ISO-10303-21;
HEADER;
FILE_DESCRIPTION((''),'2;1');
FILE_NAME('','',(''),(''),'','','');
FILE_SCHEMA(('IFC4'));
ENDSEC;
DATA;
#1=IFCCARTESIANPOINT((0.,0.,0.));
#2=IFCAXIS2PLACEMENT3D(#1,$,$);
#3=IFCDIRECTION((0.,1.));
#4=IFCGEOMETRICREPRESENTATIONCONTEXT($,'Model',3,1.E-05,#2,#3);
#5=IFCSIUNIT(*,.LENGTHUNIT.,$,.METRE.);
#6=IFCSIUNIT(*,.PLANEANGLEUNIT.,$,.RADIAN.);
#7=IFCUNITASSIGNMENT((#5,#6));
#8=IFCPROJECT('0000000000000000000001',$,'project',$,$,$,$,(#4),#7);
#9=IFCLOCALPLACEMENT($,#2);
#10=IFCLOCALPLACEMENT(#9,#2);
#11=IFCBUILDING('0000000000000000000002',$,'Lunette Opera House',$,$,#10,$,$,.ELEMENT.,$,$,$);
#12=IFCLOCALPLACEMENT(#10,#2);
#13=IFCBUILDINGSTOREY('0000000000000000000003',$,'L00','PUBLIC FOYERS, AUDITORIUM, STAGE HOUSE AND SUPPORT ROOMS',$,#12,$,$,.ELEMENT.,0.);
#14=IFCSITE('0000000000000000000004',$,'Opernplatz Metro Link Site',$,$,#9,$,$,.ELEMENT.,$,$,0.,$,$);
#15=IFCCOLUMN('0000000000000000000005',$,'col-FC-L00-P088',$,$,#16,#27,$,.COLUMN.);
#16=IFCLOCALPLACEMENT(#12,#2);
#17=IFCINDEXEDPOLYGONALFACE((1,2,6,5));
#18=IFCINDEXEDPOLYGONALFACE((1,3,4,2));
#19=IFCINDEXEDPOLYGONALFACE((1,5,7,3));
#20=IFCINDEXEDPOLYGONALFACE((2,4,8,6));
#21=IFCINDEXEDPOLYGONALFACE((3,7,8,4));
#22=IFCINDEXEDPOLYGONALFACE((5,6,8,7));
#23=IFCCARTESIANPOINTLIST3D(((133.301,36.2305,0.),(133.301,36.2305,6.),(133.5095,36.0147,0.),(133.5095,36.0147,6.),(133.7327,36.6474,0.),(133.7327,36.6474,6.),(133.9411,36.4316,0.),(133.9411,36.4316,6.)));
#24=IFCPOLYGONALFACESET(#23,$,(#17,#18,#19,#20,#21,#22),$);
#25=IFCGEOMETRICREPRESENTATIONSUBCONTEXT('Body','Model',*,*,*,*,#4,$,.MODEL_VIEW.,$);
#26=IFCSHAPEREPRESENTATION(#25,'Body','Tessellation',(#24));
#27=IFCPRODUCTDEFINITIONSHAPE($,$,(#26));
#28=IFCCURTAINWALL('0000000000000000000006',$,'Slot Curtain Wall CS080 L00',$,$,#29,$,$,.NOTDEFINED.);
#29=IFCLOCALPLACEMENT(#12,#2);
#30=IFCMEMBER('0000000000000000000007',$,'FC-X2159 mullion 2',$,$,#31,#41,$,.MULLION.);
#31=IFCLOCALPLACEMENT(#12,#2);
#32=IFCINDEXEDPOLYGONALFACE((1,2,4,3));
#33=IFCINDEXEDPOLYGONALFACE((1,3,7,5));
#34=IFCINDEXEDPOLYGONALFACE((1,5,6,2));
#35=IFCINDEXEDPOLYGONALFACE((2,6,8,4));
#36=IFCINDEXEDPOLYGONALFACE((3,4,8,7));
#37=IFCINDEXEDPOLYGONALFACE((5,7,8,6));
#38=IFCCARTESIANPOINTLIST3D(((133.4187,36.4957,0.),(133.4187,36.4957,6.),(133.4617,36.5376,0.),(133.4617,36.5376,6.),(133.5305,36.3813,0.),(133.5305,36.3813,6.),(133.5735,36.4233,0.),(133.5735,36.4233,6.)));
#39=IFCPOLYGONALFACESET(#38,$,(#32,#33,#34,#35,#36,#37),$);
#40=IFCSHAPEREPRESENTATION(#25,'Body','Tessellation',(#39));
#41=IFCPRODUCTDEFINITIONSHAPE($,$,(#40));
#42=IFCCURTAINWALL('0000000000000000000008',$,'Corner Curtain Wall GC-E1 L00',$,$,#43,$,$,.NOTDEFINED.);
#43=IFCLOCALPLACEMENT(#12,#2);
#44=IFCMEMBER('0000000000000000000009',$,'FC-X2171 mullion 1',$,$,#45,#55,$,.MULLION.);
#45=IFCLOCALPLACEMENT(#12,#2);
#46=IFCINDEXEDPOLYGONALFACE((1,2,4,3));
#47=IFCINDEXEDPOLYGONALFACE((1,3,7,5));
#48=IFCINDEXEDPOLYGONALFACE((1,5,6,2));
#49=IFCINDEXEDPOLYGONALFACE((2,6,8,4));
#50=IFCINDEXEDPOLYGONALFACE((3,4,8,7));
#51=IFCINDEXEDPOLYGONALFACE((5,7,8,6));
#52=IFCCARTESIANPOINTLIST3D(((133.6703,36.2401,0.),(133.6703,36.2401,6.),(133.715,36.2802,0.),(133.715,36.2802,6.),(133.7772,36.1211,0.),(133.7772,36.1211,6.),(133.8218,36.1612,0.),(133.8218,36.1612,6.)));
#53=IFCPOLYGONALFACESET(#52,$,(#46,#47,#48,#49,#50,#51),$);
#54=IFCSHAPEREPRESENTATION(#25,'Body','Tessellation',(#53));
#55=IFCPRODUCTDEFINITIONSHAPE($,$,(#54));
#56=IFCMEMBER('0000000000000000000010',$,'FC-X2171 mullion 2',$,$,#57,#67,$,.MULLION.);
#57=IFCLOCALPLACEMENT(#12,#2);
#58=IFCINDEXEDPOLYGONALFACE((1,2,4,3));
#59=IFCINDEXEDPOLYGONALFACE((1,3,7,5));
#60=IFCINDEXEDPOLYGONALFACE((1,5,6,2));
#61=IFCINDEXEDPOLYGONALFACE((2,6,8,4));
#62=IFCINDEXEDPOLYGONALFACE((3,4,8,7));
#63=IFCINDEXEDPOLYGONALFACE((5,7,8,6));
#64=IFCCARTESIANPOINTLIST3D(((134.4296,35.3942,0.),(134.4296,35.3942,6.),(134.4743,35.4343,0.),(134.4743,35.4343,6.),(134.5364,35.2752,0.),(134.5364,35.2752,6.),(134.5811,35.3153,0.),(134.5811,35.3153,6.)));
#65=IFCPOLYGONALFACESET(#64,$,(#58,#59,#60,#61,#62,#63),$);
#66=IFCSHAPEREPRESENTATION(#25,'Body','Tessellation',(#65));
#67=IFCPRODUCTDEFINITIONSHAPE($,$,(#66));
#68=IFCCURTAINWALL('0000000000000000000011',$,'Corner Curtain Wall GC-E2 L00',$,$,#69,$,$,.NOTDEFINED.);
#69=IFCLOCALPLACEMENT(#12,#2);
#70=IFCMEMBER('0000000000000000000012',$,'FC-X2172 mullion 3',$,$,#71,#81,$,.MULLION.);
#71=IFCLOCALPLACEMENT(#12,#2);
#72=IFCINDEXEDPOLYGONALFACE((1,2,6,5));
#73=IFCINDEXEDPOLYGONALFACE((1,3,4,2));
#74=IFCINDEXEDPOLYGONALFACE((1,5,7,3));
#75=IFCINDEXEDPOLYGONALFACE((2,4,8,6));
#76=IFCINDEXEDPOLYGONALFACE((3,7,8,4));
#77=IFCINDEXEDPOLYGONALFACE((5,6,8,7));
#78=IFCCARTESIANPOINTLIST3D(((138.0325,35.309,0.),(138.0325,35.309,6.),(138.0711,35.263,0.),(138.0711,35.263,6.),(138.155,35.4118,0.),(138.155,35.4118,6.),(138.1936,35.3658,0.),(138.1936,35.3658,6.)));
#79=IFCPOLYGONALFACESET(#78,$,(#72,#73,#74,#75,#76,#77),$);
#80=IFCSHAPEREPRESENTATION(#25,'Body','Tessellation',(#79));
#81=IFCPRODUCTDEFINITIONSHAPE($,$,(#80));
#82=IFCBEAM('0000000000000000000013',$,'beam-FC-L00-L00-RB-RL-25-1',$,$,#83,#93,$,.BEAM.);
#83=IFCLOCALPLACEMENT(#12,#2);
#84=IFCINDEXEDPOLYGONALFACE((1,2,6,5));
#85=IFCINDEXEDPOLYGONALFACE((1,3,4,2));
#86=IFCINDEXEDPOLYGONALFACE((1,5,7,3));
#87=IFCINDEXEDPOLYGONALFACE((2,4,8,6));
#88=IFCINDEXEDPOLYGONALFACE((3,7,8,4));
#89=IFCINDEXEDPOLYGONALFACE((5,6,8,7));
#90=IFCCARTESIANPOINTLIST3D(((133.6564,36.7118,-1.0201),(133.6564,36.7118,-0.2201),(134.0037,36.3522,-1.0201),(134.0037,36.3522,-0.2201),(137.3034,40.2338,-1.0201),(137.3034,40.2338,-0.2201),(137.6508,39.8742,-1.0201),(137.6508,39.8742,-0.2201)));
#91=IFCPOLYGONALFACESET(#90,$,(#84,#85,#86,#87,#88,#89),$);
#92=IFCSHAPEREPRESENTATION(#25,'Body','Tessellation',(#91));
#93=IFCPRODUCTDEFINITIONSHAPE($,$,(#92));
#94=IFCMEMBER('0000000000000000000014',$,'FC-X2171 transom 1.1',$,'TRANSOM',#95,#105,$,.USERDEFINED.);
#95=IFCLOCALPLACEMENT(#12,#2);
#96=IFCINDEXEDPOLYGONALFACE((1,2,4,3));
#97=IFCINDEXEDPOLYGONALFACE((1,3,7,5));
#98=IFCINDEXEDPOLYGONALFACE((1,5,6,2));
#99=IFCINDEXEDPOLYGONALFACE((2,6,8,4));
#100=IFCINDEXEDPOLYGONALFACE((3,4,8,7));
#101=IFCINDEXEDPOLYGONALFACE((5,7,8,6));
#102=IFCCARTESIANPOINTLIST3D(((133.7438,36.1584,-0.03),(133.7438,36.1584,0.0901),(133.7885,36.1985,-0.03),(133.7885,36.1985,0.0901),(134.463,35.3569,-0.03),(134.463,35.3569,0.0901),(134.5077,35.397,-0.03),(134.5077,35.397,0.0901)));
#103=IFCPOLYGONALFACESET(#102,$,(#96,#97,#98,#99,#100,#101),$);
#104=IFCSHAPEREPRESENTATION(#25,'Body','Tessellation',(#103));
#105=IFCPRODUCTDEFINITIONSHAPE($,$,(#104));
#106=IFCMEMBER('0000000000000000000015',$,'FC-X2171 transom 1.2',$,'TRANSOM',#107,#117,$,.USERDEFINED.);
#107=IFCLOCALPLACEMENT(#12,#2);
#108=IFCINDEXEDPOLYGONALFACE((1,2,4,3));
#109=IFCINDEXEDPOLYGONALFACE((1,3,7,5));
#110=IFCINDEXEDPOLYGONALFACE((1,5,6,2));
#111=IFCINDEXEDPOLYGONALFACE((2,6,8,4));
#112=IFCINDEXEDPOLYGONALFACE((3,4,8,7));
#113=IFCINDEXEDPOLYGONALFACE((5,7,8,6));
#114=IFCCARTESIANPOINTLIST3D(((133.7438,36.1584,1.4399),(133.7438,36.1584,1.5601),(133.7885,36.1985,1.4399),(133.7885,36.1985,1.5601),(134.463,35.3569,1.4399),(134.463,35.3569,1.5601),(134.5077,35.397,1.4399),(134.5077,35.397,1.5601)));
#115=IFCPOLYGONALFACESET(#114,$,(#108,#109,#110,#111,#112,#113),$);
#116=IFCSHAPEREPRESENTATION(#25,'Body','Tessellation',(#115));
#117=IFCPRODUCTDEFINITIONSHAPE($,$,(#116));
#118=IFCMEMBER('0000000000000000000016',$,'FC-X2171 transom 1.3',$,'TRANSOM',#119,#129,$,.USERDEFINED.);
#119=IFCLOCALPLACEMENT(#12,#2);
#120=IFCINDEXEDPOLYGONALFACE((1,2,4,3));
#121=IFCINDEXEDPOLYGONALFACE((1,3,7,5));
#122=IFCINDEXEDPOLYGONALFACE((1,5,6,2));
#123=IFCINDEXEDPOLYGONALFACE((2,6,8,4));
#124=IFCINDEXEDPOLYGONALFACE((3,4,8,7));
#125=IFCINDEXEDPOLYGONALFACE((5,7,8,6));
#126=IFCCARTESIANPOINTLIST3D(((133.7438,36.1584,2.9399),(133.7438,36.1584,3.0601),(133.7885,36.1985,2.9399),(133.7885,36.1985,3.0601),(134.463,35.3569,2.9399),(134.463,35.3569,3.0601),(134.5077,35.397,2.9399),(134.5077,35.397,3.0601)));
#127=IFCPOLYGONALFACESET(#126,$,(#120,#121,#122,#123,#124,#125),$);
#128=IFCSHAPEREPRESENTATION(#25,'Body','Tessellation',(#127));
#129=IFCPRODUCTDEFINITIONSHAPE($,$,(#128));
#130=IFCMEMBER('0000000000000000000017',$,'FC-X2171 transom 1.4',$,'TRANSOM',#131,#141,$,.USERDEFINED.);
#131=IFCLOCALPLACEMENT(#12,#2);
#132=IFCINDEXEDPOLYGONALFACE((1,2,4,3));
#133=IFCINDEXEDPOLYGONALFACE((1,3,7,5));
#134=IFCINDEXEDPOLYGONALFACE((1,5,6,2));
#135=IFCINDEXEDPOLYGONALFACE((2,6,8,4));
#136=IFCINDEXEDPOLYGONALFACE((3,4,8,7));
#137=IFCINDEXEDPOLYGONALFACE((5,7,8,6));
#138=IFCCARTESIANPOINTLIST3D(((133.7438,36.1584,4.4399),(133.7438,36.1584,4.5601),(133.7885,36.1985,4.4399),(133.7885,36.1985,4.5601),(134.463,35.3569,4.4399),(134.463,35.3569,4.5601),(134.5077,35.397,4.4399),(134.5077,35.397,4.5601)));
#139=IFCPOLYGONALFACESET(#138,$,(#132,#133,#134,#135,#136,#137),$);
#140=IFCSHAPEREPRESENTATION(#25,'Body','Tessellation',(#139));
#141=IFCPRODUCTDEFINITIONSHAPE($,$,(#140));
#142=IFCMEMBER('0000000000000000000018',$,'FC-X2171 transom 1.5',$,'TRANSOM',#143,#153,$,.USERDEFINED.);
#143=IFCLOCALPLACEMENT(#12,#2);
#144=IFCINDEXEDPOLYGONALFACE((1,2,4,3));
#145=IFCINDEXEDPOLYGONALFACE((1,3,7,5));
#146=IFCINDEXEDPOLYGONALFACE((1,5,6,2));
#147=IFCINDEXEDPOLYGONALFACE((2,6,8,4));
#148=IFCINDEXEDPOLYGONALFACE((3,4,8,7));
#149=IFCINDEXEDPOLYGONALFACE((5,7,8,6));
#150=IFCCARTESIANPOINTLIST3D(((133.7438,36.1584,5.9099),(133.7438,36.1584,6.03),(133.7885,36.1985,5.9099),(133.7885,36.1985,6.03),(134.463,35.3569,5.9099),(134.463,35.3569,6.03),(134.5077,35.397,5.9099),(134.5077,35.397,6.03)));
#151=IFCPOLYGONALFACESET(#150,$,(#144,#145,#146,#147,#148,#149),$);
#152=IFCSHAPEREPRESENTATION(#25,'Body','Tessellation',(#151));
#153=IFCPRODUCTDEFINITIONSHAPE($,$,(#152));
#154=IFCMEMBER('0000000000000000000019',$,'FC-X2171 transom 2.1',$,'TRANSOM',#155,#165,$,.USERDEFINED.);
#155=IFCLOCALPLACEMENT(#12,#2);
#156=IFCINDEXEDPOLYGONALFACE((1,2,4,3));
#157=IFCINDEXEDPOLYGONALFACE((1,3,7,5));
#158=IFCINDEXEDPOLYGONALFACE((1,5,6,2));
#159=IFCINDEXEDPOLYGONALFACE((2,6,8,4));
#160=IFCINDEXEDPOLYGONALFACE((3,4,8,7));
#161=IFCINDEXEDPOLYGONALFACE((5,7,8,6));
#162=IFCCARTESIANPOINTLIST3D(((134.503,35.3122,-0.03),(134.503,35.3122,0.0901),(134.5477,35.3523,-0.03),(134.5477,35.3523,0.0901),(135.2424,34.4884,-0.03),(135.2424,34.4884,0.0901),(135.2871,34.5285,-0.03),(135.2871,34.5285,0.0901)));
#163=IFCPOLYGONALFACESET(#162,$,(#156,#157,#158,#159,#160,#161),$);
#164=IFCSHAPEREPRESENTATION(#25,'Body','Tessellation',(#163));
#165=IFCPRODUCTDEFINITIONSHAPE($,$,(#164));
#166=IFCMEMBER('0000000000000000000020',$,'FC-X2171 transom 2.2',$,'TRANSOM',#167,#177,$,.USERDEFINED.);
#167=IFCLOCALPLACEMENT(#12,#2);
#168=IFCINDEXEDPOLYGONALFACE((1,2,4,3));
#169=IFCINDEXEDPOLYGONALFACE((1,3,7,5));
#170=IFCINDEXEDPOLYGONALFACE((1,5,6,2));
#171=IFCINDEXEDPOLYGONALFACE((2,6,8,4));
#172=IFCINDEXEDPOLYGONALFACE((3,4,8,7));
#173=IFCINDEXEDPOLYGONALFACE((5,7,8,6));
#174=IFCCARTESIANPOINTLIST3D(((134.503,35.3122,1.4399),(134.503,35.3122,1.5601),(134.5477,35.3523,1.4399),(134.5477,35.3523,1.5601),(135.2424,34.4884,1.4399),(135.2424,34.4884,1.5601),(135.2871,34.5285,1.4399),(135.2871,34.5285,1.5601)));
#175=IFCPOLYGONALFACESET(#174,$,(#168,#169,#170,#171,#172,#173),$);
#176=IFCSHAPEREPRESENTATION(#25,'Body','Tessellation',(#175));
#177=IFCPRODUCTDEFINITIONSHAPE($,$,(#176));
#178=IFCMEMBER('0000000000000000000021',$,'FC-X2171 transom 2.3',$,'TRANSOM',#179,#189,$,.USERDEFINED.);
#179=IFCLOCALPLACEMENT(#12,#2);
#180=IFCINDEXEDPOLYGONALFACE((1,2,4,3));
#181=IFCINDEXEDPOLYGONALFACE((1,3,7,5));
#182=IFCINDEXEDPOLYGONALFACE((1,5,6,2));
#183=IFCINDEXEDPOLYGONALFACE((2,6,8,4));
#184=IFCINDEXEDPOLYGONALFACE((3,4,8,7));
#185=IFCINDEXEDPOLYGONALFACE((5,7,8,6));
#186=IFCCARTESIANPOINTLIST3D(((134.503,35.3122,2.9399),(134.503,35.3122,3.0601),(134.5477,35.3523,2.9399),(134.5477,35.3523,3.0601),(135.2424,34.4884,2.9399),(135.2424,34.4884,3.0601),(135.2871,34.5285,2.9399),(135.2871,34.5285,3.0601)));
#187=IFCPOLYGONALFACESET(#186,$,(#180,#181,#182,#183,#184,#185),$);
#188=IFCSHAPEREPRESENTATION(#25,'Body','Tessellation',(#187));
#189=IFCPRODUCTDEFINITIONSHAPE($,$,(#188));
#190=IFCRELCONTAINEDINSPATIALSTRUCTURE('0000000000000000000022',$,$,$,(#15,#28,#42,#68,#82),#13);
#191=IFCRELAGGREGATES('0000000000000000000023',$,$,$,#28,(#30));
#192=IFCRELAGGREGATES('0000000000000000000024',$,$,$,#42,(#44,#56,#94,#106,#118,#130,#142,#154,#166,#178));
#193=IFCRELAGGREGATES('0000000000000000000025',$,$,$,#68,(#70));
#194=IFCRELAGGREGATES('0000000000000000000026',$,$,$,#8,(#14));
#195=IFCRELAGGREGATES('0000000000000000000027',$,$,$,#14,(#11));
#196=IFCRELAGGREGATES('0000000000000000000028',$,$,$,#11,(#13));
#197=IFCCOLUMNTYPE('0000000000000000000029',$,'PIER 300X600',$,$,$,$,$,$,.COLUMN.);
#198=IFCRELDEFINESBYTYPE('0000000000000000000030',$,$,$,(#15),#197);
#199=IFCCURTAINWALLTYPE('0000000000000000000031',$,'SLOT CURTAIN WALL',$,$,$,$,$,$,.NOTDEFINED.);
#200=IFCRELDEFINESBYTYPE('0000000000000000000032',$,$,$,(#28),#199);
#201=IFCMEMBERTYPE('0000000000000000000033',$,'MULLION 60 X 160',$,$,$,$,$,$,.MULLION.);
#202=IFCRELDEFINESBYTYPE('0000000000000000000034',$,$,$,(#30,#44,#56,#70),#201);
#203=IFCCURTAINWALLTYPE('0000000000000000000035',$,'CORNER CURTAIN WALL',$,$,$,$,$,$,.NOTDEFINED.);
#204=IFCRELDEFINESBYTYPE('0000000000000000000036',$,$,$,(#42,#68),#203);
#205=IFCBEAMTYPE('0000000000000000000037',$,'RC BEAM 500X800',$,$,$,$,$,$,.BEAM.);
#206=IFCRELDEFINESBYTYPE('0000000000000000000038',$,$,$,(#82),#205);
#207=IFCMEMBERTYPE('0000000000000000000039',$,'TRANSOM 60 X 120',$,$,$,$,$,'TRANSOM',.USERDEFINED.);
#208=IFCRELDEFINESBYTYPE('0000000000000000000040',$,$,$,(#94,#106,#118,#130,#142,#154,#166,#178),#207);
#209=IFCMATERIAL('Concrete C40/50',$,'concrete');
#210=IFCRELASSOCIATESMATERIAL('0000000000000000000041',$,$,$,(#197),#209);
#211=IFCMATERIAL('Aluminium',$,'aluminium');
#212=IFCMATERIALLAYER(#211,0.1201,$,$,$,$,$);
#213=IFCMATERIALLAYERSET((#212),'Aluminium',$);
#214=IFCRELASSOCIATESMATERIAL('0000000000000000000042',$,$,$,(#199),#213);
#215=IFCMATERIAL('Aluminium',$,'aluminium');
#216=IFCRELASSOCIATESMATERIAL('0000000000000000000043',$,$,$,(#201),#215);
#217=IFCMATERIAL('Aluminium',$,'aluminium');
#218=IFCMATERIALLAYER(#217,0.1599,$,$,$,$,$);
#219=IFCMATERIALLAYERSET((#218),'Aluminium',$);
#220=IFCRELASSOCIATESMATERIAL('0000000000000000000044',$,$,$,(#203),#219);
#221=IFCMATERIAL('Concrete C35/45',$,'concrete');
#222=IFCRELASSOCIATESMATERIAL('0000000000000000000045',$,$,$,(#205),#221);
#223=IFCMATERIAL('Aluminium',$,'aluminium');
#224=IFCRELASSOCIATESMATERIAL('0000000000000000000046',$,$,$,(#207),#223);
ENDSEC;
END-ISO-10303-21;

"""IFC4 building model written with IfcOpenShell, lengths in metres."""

from ifc_helpers import new_model, si_unit, direction, frame, origin, origin_2d, place, context, subcontext, project, spatial, rectangle, extrude, material, layer, layer_set, material_profile, profile_set, type_object, element, aggregate, save


model = new_model("IFC4")

# Units and contexts
model_context = context("Model", 3, precision=1e-05, world=origin(), true_north=direction((0.0, 1.0)))
body_context = subcontext(model_context, "Body", "Model", "MODEL_VIEW")
ifc_project = project(units=[si_unit("LENGTHUNIT", "METRE"), si_unit("PLANEANGLEUNIT", "RADIAN")], contexts=[model_context])

# Site, building, storey
site_placement = place(None, origin())
site = spatial("IfcSite", under=ifc_project, at=site_placement, Name="Opernplatz Metro Link Site", CompositionType="ELEMENT", RefElevation=0.0)
building_placement = place(site_placement, origin())
building = spatial("IfcBuilding", under=site, at=building_placement, Name="Lunette Opera House", CompositionType="ELEMENT")
storey_placement = place(building_placement, origin())
storey = spatial("IfcBuildingStorey", under=building, at=storey_placement, Name="L00", Description="PUBLIC FOYERS, AUDITORIUM, STAGE HOUSE AND SUPPORT ROOMS", CompositionType="ELEMENT", Elevation=0.0)

# Column
ifc_material_1 = material(Name="Concrete C40/50", Category="concrete")
ifc_material_profile_1 = material_profile(ifc_material_1, rectangle(XDim=0.3, YDim=0.6001, at=origin_2d()), Name="PIER 300X600")
ifc_profile_set_1 = profile_set([ifc_material_profile_1], Name="Concrete C40/50")
column_type = type_object("IfcColumnType", Name="PIER 300X600", PredefinedType="COLUMN", material=ifc_profile_set_1)
column_placement = place(storey_placement, frame((133.6211, 36.3311, 0.0), z_axis=(0.0, 0.0, 1.0), x_axis=(0.694658, -0.71934, 0.0)))
element("IfcColumn", 1, at=column_placement, inside=storey, type_object=column_type, Name="col-FC-L00-P088", PredefinedType="COLUMN", context=body_context, shape_type="SweptSolid", body=[
    extrude(rectangle(XDim=0.3, YDim=0.6001, at=origin_2d()), origin(), (0.0, 0.0, 1.0), 6.0),
])

# Curtain wall, member
ifc_material_2 = material(Name="Aluminium", Category="aluminium")
ifc_layer_1 = layer(ifc_material_2, 0.1201)
ifc_layer_set_1 = layer_set([ifc_layer_1], Name="Aluminium")
curtain_wall_type_1 = type_object("IfcCurtainWallType", Name="SLOT CURTAIN WALL", PredefinedType="NOTDEFINED", material=ifc_layer_set_1)
curtain_wall_1_placement = place(storey_placement, origin())
curtain_wall_1 = element("IfcCurtainWall", 2, at=curtain_wall_1_placement, inside=storey, type_object=curtain_wall_type_1, Name="Slot Curtain Wall CS080 L00", PredefinedType="NOTDEFINED")
ifc_material_3 = material(Name="Aluminium", Category="aluminium")
ifc_material_profile_2 = material_profile(ifc_material_3, rectangle(XDim=0.0601, YDim=0.1599, at=origin_2d()), Name="MULLION 60 X 160")
ifc_profile_set_2 = profile_set([ifc_material_profile_2], Name="Aluminium")
member_type_1 = type_object("IfcMemberType", Name="MULLION 60 X 160", PredefinedType="MULLION", material=ifc_profile_set_2)
member_1_placement = place(storey_placement, frame((133.4961, 36.4595, 0.0), z_axis=(0.0, 0.0, 1.0), x_axis=(0.715187, 0.698933, 0.0)))
member_1 = element("IfcMember", 3, at=member_1_placement, type_object=member_type_1, Name="FC-X2159 mullion 2", PredefinedType="MULLION", context=body_context, shape_type="SweptSolid", body=[
    extrude(rectangle(XDim=0.0601, YDim=0.1599, at=origin_2d()), origin(), (0.0, 0.0, 1.0), 6.0),
])

# Curtain wall, members
ifc_material_4 = material(Name="Aluminium", Category="aluminium")
ifc_layer_2 = layer(ifc_material_4, 0.1599)
ifc_layer_set_2 = layer_set([ifc_layer_2], Name="Aluminium")
curtain_wall_type_2 = type_object("IfcCurtainWallType", Name="CORNER CURTAIN WALL", PredefinedType="NOTDEFINED", material=ifc_layer_set_2)
curtain_wall_2_placement = place(storey_placement, origin())
curtain_wall_2 = element("IfcCurtainWall", 4, at=curtain_wall_2_placement, inside=storey, type_object=curtain_wall_type_2, Name="Corner Curtain Wall GC-E1 L00", PredefinedType="NOTDEFINED")
member_2_placement = place(storey_placement, frame((133.7461, 36.2007, 0.0), z_axis=(0.0, 0.0, 1.0), x_axis=(0.744217, 0.667938, 0.0)))
member_2 = element("IfcMember", 5, at=member_2_placement, type_object=member_type_1, Name="FC-X2171 mullion 1", PredefinedType="MULLION", context=body_context, shape_type="SweptSolid", body=[
    extrude(rectangle(XDim=0.0601, YDim=0.1599, at=origin_2d()), origin(), (0.0, 0.0, 1.0), 6.0),
])
member_3_placement = place(storey_placement, frame((134.5054, 35.3547, 0.0), z_axis=(0.0, 0.0, 1.0), x_axis=(0.744217, 0.667938, 0.0)))
member_3 = element("IfcMember", 6, at=member_3_placement, type_object=member_type_1, Name="FC-X2171 mullion 2", PredefinedType="MULLION", context=body_context, shape_type="SweptSolid", body=[
    extrude(rectangle(XDim=0.0601, YDim=0.1599, at=origin_2d()), origin(), (0.0, 0.0, 1.0), 6.0),
])

# Curtain wall, member
curtain_wall_3_placement = place(storey_placement, origin())
curtain_wall_3 = element("IfcCurtainWall", 7, at=curtain_wall_3_placement, inside=storey, type_object=curtain_wall_type_2, Name="Corner Curtain Wall GC-E2 L00", PredefinedType="NOTDEFINED")
member_4_placement = place(storey_placement, frame((138.113, 35.3374, 0.0), z_axis=(0.0, 0.0, 1.0), x_axis=(-0.642828, 0.76601, 0.0)))
member_4 = element("IfcMember", 8, at=member_4_placement, type_object=member_type_1, Name="FC-X2172 mullion 3", PredefinedType="MULLION", context=body_context, shape_type="SweptSolid", body=[
    extrude(rectangle(XDim=0.0601, YDim=0.1599, at=origin_2d()), origin(), (0.0, 0.0, 1.0), 6.0),
])

# Beam
ifc_material_5 = material(Name="Concrete C35/45", Category="concrete")
ifc_material_profile_3 = material_profile(ifc_material_5, rectangle(XDim=0.5, YDim=0.8, at=origin_2d()), Name="RC BEAM 500X800")
ifc_profile_set_3 = profile_set([ifc_material_profile_3], Name="Concrete C35/45")
beam_type = type_object("IfcBeamType", Name="RC BEAM 500X800", PredefinedType="BEAM", material=ifc_profile_set_3)
beam_placement = place(storey_placement, frame((133.8301, 36.532, -0.6201), z_axis=(0.719327, 0.694672, 0.0), x_axis=(-0.694672, 0.719327, 0.0)))
element("IfcBeam", 9, at=beam_placement, inside=storey, type_object=beam_type, Name="beam-FC-L00-L00-RB-RL-25-1", PredefinedType="BEAM", context=body_context, shape_type="SweptSolid", body=[
    extrude(rectangle(XDim=0.5, YDim=0.8, at=origin_2d()), origin(), (0.0, 0.0, 1.0), 5.0701),
])

# Members
ifc_material_6 = material(Name="Aluminium", Category="aluminium")
ifc_material_profile_4 = material_profile(ifc_material_6, rectangle(XDim=0.0601, YDim=0.1201, at=origin_2d()), Name="TRANSOM 60 X 120")
ifc_profile_set_4 = profile_set([ifc_material_profile_4], Name="Aluminium")
member_type_2 = type_object("IfcMemberType", Name="TRANSOM 60 X 120", ElementType="TRANSOM", PredefinedType="USERDEFINED", material=ifc_profile_set_4)
member_5_placement = place(storey_placement, frame((133.7661, 36.1785, 0.03), z_axis=(0.667874, -0.744274, 0.0), x_axis=(0.744274, 0.667874, 0.0)))
member_5 = element("IfcMember", 10, at=member_5_placement, type_object=member_type_2, Name="FC-X2171 transom 1.1", ObjectType="TRANSOM", PredefinedType="USERDEFINED", context=body_context, shape_type="SweptSolid", body=[
    extrude(rectangle(XDim=0.0601, YDim=0.1201, at=origin_2d()), origin(), (0.0, 0.0, 1.0), 1.0769),
])
member_6_placement = place(storey_placement, frame((133.7661, 36.1785, 1.5), z_axis=(0.667874, -0.744274, 0.0), x_axis=(0.744274, 0.667874, 0.0)))
member_6 = element("IfcMember", 11, at=member_6_placement, type_object=member_type_2, Name="FC-X2171 transom 1.2", ObjectType="TRANSOM", PredefinedType="USERDEFINED", context=body_context, shape_type="SweptSolid", body=[
    extrude(rectangle(XDim=0.0601, YDim=0.1201, at=origin_2d()), origin(), (0.0, 0.0, 1.0), 1.0769),
])
member_7_placement = place(storey_placement, frame((133.7661, 36.1785, 3.0), z_axis=(0.667874, -0.744274, 0.0), x_axis=(0.744274, 0.667874, 0.0)))
member_7 = element("IfcMember", 12, at=member_7_placement, type_object=member_type_2, Name="FC-X2171 transom 1.3", ObjectType="TRANSOM", PredefinedType="USERDEFINED", context=body_context, shape_type="SweptSolid", body=[
    extrude(rectangle(XDim=0.0601, YDim=0.1201, at=origin_2d()), origin(), (0.0, 0.0, 1.0), 1.0769),
])
member_8_placement = place(storey_placement, frame((133.7661, 36.1785, 4.5), z_axis=(0.667874, -0.744274, 0.0), x_axis=(0.744274, 0.667874, 0.0)))
member_8 = element("IfcMember", 13, at=member_8_placement, type_object=member_type_2, Name="FC-X2171 transom 1.4", ObjectType="TRANSOM", PredefinedType="USERDEFINED", context=body_context, shape_type="SweptSolid", body=[
    extrude(rectangle(XDim=0.0601, YDim=0.1201, at=origin_2d()), origin(), (0.0, 0.0, 1.0), 1.0769),
])
member_9_placement = place(storey_placement, frame((133.7661, 36.1785, 5.97), z_axis=(0.667874, -0.744274, 0.0), x_axis=(0.744274, 0.667874, 0.0)))
member_9 = element("IfcMember", 14, at=member_9_placement, type_object=member_type_2, Name="FC-X2171 transom 1.5", ObjectType="TRANSOM", PredefinedType="USERDEFINED", context=body_context, shape_type="SweptSolid", body=[
    extrude(rectangle(XDim=0.0601, YDim=0.1201, at=origin_2d()), origin(), (0.0, 0.0, 1.0), 1.0769),
])
member_10_placement = place(storey_placement, frame((134.5254, 35.3323, 0.03), z_axis=(0.667916, -0.744237, 0.0), x_axis=(0.744237, 0.667916, 0.0)))
member_10 = element("IfcMember", 15, at=member_10_placement, type_object=member_type_2, Name="FC-X2171 transom 2.1", ObjectType="TRANSOM", PredefinedType="USERDEFINED", context=body_context, shape_type="SweptSolid", body=[
    extrude(rectangle(XDim=0.0601, YDim=0.1201, at=origin_2d()), origin(), (0.0, 0.0, 1.0), 1.1069),
])
member_11_placement = place(storey_placement, frame((134.5254, 35.3323, 1.5), z_axis=(0.667916, -0.744237, 0.0), x_axis=(0.744237, 0.667916, 0.0)))
member_11 = element("IfcMember", 16, at=member_11_placement, type_object=member_type_2, Name="FC-X2171 transom 2.2", ObjectType="TRANSOM", PredefinedType="USERDEFINED", context=body_context, shape_type="SweptSolid", body=[
    extrude(rectangle(XDim=0.0601, YDim=0.1201, at=origin_2d()), origin(), (0.0, 0.0, 1.0), 1.1069),
])
member_12_placement = place(storey_placement, frame((134.5254, 35.3323, 3.0), z_axis=(0.667916, -0.744237, 0.0), x_axis=(0.744237, 0.667916, 0.0)))
member_12 = element("IfcMember", 17, at=member_12_placement, type_object=member_type_2, Name="FC-X2171 transom 2.3", ObjectType="TRANSOM", PredefinedType="USERDEFINED", context=body_context, shape_type="SweptSolid", body=[
    extrude(rectangle(XDim=0.0601, YDim=0.1201, at=origin_2d()), origin(), (0.0, 0.0, 1.0), 1.1069),
])

aggregate(curtain_wall_1, [member_1])
aggregate(curtain_wall_2, [member_2, member_3, member_5, member_6, member_7, member_8, member_9, member_10, member_11, member_12])
aggregate(curtain_wall_3, [member_4])

save(model, "model.ifc")
